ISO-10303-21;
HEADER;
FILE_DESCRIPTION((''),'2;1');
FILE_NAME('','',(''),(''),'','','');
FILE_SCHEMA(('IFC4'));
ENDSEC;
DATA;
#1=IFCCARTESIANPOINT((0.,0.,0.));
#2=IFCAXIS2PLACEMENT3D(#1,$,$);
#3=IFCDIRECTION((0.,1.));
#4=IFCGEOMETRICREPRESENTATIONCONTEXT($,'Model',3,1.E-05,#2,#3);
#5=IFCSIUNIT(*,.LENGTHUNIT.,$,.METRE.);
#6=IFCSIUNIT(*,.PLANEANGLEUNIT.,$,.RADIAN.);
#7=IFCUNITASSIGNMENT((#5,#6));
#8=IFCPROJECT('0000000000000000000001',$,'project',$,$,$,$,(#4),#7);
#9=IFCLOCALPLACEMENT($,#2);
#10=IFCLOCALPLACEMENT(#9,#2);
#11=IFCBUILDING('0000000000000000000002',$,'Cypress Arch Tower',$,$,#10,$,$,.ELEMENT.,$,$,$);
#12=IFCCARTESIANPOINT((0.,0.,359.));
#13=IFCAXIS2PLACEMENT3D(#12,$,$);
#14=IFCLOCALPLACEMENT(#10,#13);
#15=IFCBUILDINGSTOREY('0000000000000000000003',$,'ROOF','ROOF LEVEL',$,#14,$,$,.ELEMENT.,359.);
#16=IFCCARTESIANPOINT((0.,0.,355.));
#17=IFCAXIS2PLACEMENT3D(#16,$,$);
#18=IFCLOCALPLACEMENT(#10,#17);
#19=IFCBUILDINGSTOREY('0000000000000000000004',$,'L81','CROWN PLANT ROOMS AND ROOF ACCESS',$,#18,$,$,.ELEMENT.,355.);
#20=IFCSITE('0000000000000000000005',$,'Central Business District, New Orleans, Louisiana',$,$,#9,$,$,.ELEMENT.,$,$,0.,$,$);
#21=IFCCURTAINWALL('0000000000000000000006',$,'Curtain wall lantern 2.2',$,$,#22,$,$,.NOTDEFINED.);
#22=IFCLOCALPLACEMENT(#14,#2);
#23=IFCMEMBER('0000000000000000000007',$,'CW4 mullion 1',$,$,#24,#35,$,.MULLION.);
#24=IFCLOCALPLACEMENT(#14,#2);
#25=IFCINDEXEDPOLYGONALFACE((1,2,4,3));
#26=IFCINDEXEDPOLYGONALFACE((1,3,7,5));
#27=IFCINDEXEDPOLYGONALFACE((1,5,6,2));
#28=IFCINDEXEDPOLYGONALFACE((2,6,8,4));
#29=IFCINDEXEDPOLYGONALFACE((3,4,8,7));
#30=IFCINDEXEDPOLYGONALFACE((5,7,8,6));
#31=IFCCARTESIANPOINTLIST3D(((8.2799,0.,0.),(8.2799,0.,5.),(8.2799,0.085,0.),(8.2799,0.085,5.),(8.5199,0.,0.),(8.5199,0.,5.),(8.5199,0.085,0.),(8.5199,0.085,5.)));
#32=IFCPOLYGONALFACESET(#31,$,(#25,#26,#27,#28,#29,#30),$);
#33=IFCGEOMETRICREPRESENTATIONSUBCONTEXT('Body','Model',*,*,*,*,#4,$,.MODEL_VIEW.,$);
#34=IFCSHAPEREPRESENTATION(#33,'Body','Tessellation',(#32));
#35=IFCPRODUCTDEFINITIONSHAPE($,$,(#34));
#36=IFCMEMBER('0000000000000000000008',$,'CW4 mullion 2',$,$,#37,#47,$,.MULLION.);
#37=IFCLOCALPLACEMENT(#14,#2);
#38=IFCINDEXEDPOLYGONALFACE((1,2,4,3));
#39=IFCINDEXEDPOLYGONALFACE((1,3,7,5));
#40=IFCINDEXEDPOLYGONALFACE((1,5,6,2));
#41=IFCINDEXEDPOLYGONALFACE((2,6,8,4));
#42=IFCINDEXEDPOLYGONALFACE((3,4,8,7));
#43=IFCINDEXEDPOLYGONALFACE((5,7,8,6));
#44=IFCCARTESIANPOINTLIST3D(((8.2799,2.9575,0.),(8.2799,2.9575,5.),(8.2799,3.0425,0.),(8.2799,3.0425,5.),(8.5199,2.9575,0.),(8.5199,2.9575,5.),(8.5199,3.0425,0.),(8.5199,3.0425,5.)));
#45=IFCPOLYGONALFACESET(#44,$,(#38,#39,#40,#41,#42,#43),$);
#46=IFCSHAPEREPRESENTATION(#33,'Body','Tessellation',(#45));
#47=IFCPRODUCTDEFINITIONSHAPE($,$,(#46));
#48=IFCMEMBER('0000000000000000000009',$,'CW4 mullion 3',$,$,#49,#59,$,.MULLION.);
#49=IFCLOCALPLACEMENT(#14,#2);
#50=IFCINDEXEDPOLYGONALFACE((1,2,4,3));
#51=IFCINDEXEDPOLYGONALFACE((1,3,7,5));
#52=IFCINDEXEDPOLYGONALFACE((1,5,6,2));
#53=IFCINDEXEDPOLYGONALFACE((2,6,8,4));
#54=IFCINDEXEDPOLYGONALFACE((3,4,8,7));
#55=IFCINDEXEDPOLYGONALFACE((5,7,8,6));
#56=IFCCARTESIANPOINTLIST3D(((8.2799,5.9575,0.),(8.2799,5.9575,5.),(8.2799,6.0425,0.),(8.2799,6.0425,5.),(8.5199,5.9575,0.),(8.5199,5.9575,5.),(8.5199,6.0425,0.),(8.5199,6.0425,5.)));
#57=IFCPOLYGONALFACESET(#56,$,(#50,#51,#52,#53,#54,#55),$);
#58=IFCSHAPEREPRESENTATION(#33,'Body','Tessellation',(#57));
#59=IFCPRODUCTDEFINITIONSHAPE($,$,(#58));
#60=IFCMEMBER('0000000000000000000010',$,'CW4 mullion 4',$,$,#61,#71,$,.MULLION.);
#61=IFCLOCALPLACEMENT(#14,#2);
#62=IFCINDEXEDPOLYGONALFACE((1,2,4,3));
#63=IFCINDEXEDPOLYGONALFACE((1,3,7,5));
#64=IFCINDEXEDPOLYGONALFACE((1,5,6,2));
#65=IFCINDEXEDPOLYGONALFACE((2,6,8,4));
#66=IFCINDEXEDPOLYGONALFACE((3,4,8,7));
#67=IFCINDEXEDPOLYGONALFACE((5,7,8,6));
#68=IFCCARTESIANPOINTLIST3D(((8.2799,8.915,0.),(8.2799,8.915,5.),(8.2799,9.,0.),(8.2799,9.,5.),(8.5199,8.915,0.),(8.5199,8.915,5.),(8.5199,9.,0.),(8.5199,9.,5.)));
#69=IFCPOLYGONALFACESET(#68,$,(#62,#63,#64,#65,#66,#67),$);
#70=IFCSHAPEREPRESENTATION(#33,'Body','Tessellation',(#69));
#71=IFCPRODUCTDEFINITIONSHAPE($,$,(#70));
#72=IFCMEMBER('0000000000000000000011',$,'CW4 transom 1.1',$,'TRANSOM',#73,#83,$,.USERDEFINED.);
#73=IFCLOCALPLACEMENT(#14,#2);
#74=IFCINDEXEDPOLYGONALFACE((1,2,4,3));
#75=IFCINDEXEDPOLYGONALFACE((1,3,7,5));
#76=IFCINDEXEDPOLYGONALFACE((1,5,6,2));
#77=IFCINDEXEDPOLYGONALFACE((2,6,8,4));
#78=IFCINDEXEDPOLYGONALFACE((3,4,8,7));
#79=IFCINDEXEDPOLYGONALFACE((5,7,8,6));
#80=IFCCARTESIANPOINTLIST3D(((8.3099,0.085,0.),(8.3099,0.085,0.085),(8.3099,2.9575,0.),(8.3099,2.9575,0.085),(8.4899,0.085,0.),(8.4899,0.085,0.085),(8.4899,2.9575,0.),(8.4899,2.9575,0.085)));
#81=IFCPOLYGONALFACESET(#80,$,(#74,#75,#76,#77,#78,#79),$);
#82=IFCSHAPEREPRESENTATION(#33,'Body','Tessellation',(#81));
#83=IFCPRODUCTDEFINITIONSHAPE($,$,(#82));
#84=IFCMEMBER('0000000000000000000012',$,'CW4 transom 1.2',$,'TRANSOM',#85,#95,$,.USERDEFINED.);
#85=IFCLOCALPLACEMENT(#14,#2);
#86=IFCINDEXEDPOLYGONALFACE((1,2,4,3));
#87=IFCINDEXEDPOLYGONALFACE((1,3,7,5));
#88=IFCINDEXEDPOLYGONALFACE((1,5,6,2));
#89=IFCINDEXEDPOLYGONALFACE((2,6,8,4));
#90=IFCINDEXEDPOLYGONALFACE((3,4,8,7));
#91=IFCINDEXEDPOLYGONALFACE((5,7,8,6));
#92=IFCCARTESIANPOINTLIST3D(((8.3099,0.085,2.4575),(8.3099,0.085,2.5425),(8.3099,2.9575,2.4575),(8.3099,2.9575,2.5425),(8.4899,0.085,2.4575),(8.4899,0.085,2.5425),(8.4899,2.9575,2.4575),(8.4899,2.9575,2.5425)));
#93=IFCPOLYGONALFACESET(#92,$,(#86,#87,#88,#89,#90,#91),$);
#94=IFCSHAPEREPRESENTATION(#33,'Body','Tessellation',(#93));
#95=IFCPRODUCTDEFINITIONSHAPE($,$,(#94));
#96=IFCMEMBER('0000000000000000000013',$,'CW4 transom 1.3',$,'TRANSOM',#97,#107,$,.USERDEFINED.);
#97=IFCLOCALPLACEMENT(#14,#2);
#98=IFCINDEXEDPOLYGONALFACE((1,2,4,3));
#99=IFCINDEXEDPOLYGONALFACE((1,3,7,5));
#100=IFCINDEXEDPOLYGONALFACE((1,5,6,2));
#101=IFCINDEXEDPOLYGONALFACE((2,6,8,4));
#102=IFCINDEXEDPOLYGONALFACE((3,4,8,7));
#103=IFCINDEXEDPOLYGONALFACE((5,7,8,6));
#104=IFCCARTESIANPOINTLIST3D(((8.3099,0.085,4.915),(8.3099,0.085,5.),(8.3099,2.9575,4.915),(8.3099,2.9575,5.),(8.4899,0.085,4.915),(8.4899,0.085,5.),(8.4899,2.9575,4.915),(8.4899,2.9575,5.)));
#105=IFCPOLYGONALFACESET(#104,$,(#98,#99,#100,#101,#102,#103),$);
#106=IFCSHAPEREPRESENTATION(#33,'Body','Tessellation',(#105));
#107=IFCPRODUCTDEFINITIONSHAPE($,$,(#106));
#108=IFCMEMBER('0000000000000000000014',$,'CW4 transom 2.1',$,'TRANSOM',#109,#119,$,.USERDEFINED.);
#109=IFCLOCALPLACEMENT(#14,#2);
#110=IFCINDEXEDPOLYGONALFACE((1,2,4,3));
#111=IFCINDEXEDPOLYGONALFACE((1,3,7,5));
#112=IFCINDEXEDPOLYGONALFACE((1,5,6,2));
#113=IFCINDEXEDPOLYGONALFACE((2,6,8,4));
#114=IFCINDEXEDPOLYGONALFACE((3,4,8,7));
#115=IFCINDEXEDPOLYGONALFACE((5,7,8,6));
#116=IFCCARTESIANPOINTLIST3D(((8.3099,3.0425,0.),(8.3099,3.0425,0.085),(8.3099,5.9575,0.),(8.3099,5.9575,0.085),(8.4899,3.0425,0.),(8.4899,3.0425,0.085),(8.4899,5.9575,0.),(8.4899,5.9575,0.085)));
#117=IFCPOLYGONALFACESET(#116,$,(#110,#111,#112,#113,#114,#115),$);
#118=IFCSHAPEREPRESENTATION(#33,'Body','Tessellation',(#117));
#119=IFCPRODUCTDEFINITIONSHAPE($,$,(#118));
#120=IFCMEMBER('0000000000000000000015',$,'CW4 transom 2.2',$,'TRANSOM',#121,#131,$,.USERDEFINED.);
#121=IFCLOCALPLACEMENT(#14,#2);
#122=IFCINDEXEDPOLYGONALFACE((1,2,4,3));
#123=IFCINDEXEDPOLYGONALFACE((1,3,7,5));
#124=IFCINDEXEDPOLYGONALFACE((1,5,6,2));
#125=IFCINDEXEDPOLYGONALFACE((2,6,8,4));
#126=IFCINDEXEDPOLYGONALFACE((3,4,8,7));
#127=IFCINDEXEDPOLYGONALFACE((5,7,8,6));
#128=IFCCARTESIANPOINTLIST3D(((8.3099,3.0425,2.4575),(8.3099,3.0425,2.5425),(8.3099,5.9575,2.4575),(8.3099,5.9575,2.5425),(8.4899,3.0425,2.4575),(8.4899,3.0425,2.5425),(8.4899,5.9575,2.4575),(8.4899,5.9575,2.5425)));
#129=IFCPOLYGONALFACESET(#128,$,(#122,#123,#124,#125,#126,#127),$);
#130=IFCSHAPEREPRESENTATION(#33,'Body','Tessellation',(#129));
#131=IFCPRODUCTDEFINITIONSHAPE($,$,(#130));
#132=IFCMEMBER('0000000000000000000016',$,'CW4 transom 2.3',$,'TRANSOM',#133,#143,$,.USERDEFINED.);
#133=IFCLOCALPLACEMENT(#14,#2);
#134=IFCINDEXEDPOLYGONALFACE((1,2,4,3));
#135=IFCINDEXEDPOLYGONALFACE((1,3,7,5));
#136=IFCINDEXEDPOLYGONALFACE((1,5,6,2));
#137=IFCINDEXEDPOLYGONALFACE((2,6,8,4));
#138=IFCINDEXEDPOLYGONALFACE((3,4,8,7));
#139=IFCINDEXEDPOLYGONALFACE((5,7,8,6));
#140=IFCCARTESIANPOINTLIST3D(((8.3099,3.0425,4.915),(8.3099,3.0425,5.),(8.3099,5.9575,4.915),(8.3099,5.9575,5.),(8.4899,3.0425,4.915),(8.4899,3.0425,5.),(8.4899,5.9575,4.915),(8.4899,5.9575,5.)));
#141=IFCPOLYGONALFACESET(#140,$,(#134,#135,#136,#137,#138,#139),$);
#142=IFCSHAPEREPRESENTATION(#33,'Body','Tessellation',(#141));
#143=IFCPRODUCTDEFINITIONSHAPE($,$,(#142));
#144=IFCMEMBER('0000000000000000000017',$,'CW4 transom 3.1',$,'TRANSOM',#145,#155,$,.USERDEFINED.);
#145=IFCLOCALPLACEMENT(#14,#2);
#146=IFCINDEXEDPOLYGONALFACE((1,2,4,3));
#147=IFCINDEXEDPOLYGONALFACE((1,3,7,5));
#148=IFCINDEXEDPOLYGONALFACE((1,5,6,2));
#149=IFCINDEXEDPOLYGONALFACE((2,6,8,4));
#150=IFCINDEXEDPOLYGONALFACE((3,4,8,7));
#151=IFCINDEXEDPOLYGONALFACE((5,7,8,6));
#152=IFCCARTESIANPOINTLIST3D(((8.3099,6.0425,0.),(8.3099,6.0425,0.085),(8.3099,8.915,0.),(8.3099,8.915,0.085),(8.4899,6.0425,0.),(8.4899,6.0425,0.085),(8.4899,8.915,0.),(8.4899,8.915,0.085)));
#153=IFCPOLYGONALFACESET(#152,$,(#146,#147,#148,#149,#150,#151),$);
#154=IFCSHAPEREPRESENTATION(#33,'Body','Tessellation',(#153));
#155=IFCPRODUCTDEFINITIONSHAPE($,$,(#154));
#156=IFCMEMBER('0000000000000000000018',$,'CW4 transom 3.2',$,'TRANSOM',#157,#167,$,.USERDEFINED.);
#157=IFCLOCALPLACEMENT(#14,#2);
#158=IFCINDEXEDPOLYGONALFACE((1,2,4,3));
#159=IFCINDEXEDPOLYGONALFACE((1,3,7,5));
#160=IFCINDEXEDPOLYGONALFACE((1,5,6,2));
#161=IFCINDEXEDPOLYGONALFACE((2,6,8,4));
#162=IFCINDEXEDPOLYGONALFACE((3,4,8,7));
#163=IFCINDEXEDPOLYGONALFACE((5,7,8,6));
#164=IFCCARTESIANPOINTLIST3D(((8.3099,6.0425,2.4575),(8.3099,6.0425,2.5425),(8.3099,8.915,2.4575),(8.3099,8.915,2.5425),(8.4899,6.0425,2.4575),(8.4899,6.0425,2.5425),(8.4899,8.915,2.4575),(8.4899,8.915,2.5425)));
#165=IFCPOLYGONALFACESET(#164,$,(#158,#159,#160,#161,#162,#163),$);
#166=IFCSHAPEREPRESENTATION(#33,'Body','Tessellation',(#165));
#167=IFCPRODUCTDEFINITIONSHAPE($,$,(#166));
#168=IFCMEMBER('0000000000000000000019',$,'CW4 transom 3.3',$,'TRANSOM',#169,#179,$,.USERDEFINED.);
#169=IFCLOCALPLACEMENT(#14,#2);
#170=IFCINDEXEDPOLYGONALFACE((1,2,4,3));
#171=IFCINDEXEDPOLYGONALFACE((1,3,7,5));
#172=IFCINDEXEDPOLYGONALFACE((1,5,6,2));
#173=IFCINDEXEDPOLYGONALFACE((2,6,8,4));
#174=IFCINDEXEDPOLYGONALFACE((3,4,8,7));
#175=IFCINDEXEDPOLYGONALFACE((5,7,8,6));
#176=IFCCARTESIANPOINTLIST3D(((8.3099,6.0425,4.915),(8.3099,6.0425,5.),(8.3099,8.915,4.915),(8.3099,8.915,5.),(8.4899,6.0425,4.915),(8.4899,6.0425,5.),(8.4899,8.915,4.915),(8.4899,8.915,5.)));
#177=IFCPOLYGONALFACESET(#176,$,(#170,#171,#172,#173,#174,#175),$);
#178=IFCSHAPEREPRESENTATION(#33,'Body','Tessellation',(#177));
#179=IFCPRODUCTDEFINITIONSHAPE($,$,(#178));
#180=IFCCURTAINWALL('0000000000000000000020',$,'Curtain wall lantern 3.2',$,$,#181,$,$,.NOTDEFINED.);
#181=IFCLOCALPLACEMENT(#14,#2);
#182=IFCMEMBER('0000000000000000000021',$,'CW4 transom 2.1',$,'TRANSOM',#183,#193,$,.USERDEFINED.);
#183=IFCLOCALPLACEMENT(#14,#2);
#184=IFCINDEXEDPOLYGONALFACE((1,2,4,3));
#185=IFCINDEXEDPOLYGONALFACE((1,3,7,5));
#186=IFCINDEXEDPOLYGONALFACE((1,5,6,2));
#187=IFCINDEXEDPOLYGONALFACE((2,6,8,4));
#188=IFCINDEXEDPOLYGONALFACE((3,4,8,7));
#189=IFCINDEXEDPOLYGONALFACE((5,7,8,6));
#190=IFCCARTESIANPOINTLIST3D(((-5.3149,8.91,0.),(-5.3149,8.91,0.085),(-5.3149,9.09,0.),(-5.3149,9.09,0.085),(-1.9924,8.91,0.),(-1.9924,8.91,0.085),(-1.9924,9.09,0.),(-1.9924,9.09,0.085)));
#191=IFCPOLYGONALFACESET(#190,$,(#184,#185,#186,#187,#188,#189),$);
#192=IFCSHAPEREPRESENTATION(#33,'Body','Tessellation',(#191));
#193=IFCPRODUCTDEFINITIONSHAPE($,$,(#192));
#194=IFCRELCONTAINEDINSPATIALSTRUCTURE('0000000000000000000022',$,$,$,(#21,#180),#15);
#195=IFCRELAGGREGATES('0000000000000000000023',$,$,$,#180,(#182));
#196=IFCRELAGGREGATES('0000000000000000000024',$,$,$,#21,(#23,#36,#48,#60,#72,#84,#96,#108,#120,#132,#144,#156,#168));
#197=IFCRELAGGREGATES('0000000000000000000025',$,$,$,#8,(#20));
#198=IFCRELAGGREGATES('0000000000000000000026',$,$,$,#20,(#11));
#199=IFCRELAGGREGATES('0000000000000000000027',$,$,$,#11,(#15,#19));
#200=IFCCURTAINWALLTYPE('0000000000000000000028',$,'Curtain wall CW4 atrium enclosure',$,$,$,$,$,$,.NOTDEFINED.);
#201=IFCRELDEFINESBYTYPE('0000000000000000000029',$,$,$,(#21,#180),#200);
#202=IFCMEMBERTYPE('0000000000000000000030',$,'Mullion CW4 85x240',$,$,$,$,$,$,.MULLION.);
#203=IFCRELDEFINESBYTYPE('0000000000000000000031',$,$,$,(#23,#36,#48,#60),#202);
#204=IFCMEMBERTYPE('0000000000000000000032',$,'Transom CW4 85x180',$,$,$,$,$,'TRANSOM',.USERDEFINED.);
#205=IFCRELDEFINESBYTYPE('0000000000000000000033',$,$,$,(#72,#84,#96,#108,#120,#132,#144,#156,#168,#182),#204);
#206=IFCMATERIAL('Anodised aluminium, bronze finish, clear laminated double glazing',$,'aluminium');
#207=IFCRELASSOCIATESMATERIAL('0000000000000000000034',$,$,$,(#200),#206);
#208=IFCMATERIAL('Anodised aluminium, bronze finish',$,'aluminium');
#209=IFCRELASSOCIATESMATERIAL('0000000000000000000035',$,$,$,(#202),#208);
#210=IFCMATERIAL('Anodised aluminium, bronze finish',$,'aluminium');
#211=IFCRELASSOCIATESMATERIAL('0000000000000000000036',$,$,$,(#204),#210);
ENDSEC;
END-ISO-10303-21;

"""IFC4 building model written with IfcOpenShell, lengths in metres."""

from ifc_helpers import new_model, si_unit, direction, frame, origin, origin_2d, place, context, subcontext, project, spatial, rectangle, extrude, material, material_profile, profile_set, type_object, element, aggregate, save


model = new_model("IFC4")

# Units and contexts
model_context = context("Model", 3, precision=1e-05, world=origin(), true_north=direction((0.0, 1.0)))
body_context = subcontext(model_context, "Body", "Model", "MODEL_VIEW")
ifc_project = project(units=[si_unit("LENGTHUNIT", "METRE"), si_unit("PLANEANGLEUNIT", "RADIAN")], contexts=[model_context])

# Site, building, storey
site_placement = place(None, origin())
site = spatial("IfcSite", under=ifc_project, at=site_placement, Name="Central Business District, New Orleans, Louisiana", CompositionType="ELEMENT", RefElevation=0.0)
building_placement = place(site_placement, origin())
building = spatial("IfcBuilding", under=site, at=building_placement, Name="Cypress Arch Tower", CompositionType="ELEMENT")
storey_1_placement = place(building_placement, frame((0.0, 0.0, 359.0)))
storey_1 = spatial("IfcBuildingStorey", under=building, at=storey_1_placement, Name="ROOF", Description="ROOF LEVEL", CompositionType="ELEMENT", Elevation=359.0)

# Curtain walls, members
ifc_material_1 = material(Name="Anodised aluminium, bronze finish, clear laminated double glazing", Category="aluminium")
curtain_wall_type = type_object("IfcCurtainWallType", Name="Curtain wall CW4 atrium enclosure", PredefinedType="NOTDEFINED", material=ifc_material_1)
curtain_wall_1_placement = place(storey_1_placement, origin())
curtain_wall_1 = element("IfcCurtainWall", 1, at=curtain_wall_1_placement, inside=storey_1, type_object=curtain_wall_type, Name="Curtain wall lantern 2.2", PredefinedType="NOTDEFINED")
ifc_material_2 = material(Name="Anodised aluminium, bronze finish", Category="aluminium")
ifc_material_profile_1 = material_profile(ifc_material_2, rectangle(XDim=0.24, YDim=0.085, at=origin_2d()), Name="Mullion 85x240")
ifc_profile_set_1 = profile_set([ifc_material_profile_1], Name="Anodised aluminium, bronze finish")
member_type_1 = type_object("IfcMemberType", Name="Mullion CW4 85x240", PredefinedType="MULLION", material=ifc_profile_set_1)
member_1_placement = place(storey_1_placement, frame((8.3999, 0.0425, 0.0), z_axis=(0.0, 0.0, 1.0), x_axis=(-1.0, 0.0, 0.0)))
member_1 = element("IfcMember", 2, at=member_1_placement, type_object=member_type_1, Name="CW4 mullion 1", PredefinedType="MULLION", context=body_context, shape_type="SweptSolid", body=[
    extrude(rectangle(XDim=0.24, YDim=0.085, at=origin_2d()), origin(), (0.0, 0.0, 1.0), 5.0),
])
member_2_placement = place(storey_1_placement, frame((8.3999, 3.0, 0.0), z_axis=(0.0, 0.0, 1.0), x_axis=(-1.0, 0.0, 0.0)))
member_2 = element("IfcMember", 3, at=member_2_placement, type_object=member_type_1, Name="CW4 mullion 2", PredefinedType="MULLION", context=body_context, shape_type="SweptSolid", body=[
    extrude(rectangle(XDim=0.24, YDim=0.085, at=origin_2d()), origin(), (0.0, 0.0, 1.0), 5.0),
])
member_3_placement = place(storey_1_placement, frame((8.3999, 6.0, 0.0), z_axis=(0.0, 0.0, 1.0), x_axis=(-1.0, 0.0, 0.0)))
member_3 = element("IfcMember", 4, at=member_3_placement, type_object=member_type_1, Name="CW4 mullion 3", PredefinedType="MULLION", context=body_context, shape_type="SweptSolid", body=[
    extrude(rectangle(XDim=0.24, YDim=0.085, at=origin_2d()), origin(), (0.0, 0.0, 1.0), 5.0),
])
member_4_placement = place(storey_1_placement, frame((8.3999, 8.9575, 0.0), z_axis=(0.0, 0.0, 1.0), x_axis=(-1.0, 0.0, 0.0)))
member_4 = element("IfcMember", 5, at=member_4_placement, type_object=member_type_1, Name="CW4 mullion 4", PredefinedType="MULLION", context=body_context, shape_type="SweptSolid", body=[
    extrude(rectangle(XDim=0.24, YDim=0.085, at=origin_2d()), origin(), (0.0, 0.0, 1.0), 5.0),
])
ifc_material_3 = material(Name="Anodised aluminium, bronze finish", Category="aluminium")
ifc_material_profile_2 = material_profile(ifc_material_3, rectangle(XDim=0.1799, YDim=0.085, at=origin_2d()), Name="Transom 85x180")
ifc_profile_set_2 = profile_set([ifc_material_profile_2], Name="Anodised aluminium, bronze finish")
member_type_2 = type_object("IfcMemberType", Name="Transom CW4 85x180", ElementType="TRANSOM", PredefinedType="USERDEFINED", material=ifc_profile_set_2)
member_5_placement = place(storey_1_placement, frame((8.3999, 0.085, 0.0425), z_axis=(0.0, 1.0, 0.0), x_axis=(-1.0, 0.0, 0.0)))
member_5 = element("IfcMember", 6, at=member_5_placement, type_object=member_type_2, Name="CW4 transom 1.1", ObjectType="TRANSOM", PredefinedType="USERDEFINED", context=body_context, shape_type="SweptSolid", body=[
    extrude(rectangle(XDim=0.1799, YDim=0.085, at=origin_2d()), origin(), (0.0, 0.0, 1.0), 2.8726),
])
member_6_placement = place(storey_1_placement, frame((8.3999, 0.085, 2.5), z_axis=(0.0, 1.0, 0.0), x_axis=(-1.0, 0.0, 0.0)))
member_6 = element("IfcMember", 7, at=member_6_placement, type_object=member_type_2, Name="CW4 transom 1.2", ObjectType="TRANSOM", PredefinedType="USERDEFINED", context=body_context, shape_type="SweptSolid", body=[
    extrude(rectangle(XDim=0.1799, YDim=0.085, at=origin_2d()), origin(), (0.0, 0.0, 1.0), 2.8726),
])
member_7_placement = place(storey_1_placement, frame((8.3999, 0.085, 4.9575), z_axis=(0.0, 1.0, 0.0), x_axis=(-1.0, 0.0, 0.0)))
member_7 = element("IfcMember", 8, at=member_7_placement, type_object=member_type_2, Name="CW4 transom 1.3", ObjectType="TRANSOM", PredefinedType="USERDEFINED", context=body_context, shape_type="SweptSolid", body=[
    extrude(rectangle(XDim=0.1799, YDim=0.085, at=origin_2d()), origin(), (0.0, 0.0, 1.0), 2.8726),
])
member_8_placement = place(storey_1_placement, frame((8.3999, 3.0425, 0.0425), z_axis=(0.0, 1.0, 0.0), x_axis=(-1.0, 0.0, 0.0)))
member_8 = element("IfcMember", 9, at=member_8_placement, type_object=member_type_2, Name="CW4 transom 2.1", ObjectType="TRANSOM", PredefinedType="USERDEFINED", context=body_context, shape_type="SweptSolid", body=[
    extrude(rectangle(XDim=0.1799, YDim=0.085, at=origin_2d()), origin(), (0.0, 0.0, 1.0), 2.915),
])
member_9_placement = place(storey_1_placement, frame((8.3999, 3.0425, 2.5), z_axis=(0.0, 1.0, 0.0), x_axis=(-1.0, 0.0, 0.0)))
member_9 = element("IfcMember", 10, at=member_9_placement, type_object=member_type_2, Name="CW4 transom 2.2", ObjectType="TRANSOM", PredefinedType="USERDEFINED", context=body_context, shape_type="SweptSolid", body=[
    extrude(rectangle(XDim=0.1799, YDim=0.085, at=origin_2d()), origin(), (0.0, 0.0, 1.0), 2.915),
])
member_10_placement = place(storey_1_placement, frame((8.3999, 3.0425, 4.9575), z_axis=(0.0, 1.0, 0.0), x_axis=(-1.0, 0.0, 0.0)))
member_10 = element("IfcMember", 11, at=member_10_placement, type_object=member_type_2, Name="CW4 transom 2.3", ObjectType="TRANSOM", PredefinedType="USERDEFINED", context=body_context, shape_type="SweptSolid", body=[
    extrude(rectangle(XDim=0.1799, YDim=0.085, at=origin_2d()), origin(), (0.0, 0.0, 1.0), 2.915),
])
member_11_placement = place(storey_1_placement, frame((8.3999, 6.0425, 0.0425), z_axis=(0.0, 1.0, 0.0), x_axis=(-1.0, 0.0, 0.0)))
member_11 = element("IfcMember", 12, at=member_11_placement, type_object=member_type_2, Name="CW4 transom 3.1", ObjectType="TRANSOM", PredefinedType="USERDEFINED", context=body_context, shape_type="SweptSolid", body=[
    extrude(rectangle(XDim=0.1799, YDim=0.085, at=origin_2d()), origin(), (0.0, 0.0, 1.0), 2.8726),
])
member_12_placement = place(storey_1_placement, frame((8.3999, 6.0425, 2.5), z_axis=(0.0, 1.0, 0.0), x_axis=(-1.0, 0.0, 0.0)))
member_12 = element("IfcMember", 13, at=member_12_placement, type_object=member_type_2, Name="CW4 transom 3.2", ObjectType="TRANSOM", PredefinedType="USERDEFINED", context=body_context, shape_type="SweptSolid", body=[
    extrude(rectangle(XDim=0.1799, YDim=0.085, at=origin_2d()), origin(), (0.0, 0.0, 1.0), 2.8726),
])
member_13_placement = place(storey_1_placement, frame((8.3999, 6.0425, 4.9575), z_axis=(0.0, 1.0, 0.0), x_axis=(-1.0, 0.0, 0.0)))
member_13 = element("IfcMember", 14, at=member_13_placement, type_object=member_type_2, Name="CW4 transom 3.3", ObjectType="TRANSOM", PredefinedType="USERDEFINED", context=body_context, shape_type="SweptSolid", body=[
    extrude(rectangle(XDim=0.1799, YDim=0.085, at=origin_2d()), origin(), (0.0, 0.0, 1.0), 2.8726),
])
curtain_wall_2_placement = place(storey_1_placement, origin())
curtain_wall_2 = element("IfcCurtainWall", 15, at=curtain_wall_2_placement, inside=storey_1, type_object=curtain_wall_type, Name="Curtain wall lantern 3.2", PredefinedType="NOTDEFINED")
member_14_placement = place(storey_1_placement, frame((-1.9924, 9.0, 0.0425), z_axis=(-1.0, 0.0, 0.0), x_axis=(0.0, -1.0, 0.0)))
member_14 = element("IfcMember", 16, at=member_14_placement, type_object=member_type_2, Name="CW4 transom 2.1", ObjectType="TRANSOM", PredefinedType="USERDEFINED", context=body_context, shape_type="SweptSolid", body=[
    extrude(rectangle(XDim=0.1799, YDim=0.085, at=origin_2d()), origin(), (0.0, 0.0, 1.0), 3.3225),
])
aggregate(curtain_wall_2, [member_14])

# Shared definitions
storey_2_placement = place(building_placement, frame((0.0, 0.0, 355.0)))
storey_2 = spatial("IfcBuildingStorey", under=building, at=storey_2_placement, Name="L81", Description="CROWN PLANT ROOMS AND ROOF ACCESS", CompositionType="ELEMENT", Elevation=355.0)

aggregate(curtain_wall_1, [member_1, member_2, member_3, member_4, member_5, member_6, member_7, member_8, member_9, member_10, member_11, member_12, member_13])

save(model, "model.ifc")
